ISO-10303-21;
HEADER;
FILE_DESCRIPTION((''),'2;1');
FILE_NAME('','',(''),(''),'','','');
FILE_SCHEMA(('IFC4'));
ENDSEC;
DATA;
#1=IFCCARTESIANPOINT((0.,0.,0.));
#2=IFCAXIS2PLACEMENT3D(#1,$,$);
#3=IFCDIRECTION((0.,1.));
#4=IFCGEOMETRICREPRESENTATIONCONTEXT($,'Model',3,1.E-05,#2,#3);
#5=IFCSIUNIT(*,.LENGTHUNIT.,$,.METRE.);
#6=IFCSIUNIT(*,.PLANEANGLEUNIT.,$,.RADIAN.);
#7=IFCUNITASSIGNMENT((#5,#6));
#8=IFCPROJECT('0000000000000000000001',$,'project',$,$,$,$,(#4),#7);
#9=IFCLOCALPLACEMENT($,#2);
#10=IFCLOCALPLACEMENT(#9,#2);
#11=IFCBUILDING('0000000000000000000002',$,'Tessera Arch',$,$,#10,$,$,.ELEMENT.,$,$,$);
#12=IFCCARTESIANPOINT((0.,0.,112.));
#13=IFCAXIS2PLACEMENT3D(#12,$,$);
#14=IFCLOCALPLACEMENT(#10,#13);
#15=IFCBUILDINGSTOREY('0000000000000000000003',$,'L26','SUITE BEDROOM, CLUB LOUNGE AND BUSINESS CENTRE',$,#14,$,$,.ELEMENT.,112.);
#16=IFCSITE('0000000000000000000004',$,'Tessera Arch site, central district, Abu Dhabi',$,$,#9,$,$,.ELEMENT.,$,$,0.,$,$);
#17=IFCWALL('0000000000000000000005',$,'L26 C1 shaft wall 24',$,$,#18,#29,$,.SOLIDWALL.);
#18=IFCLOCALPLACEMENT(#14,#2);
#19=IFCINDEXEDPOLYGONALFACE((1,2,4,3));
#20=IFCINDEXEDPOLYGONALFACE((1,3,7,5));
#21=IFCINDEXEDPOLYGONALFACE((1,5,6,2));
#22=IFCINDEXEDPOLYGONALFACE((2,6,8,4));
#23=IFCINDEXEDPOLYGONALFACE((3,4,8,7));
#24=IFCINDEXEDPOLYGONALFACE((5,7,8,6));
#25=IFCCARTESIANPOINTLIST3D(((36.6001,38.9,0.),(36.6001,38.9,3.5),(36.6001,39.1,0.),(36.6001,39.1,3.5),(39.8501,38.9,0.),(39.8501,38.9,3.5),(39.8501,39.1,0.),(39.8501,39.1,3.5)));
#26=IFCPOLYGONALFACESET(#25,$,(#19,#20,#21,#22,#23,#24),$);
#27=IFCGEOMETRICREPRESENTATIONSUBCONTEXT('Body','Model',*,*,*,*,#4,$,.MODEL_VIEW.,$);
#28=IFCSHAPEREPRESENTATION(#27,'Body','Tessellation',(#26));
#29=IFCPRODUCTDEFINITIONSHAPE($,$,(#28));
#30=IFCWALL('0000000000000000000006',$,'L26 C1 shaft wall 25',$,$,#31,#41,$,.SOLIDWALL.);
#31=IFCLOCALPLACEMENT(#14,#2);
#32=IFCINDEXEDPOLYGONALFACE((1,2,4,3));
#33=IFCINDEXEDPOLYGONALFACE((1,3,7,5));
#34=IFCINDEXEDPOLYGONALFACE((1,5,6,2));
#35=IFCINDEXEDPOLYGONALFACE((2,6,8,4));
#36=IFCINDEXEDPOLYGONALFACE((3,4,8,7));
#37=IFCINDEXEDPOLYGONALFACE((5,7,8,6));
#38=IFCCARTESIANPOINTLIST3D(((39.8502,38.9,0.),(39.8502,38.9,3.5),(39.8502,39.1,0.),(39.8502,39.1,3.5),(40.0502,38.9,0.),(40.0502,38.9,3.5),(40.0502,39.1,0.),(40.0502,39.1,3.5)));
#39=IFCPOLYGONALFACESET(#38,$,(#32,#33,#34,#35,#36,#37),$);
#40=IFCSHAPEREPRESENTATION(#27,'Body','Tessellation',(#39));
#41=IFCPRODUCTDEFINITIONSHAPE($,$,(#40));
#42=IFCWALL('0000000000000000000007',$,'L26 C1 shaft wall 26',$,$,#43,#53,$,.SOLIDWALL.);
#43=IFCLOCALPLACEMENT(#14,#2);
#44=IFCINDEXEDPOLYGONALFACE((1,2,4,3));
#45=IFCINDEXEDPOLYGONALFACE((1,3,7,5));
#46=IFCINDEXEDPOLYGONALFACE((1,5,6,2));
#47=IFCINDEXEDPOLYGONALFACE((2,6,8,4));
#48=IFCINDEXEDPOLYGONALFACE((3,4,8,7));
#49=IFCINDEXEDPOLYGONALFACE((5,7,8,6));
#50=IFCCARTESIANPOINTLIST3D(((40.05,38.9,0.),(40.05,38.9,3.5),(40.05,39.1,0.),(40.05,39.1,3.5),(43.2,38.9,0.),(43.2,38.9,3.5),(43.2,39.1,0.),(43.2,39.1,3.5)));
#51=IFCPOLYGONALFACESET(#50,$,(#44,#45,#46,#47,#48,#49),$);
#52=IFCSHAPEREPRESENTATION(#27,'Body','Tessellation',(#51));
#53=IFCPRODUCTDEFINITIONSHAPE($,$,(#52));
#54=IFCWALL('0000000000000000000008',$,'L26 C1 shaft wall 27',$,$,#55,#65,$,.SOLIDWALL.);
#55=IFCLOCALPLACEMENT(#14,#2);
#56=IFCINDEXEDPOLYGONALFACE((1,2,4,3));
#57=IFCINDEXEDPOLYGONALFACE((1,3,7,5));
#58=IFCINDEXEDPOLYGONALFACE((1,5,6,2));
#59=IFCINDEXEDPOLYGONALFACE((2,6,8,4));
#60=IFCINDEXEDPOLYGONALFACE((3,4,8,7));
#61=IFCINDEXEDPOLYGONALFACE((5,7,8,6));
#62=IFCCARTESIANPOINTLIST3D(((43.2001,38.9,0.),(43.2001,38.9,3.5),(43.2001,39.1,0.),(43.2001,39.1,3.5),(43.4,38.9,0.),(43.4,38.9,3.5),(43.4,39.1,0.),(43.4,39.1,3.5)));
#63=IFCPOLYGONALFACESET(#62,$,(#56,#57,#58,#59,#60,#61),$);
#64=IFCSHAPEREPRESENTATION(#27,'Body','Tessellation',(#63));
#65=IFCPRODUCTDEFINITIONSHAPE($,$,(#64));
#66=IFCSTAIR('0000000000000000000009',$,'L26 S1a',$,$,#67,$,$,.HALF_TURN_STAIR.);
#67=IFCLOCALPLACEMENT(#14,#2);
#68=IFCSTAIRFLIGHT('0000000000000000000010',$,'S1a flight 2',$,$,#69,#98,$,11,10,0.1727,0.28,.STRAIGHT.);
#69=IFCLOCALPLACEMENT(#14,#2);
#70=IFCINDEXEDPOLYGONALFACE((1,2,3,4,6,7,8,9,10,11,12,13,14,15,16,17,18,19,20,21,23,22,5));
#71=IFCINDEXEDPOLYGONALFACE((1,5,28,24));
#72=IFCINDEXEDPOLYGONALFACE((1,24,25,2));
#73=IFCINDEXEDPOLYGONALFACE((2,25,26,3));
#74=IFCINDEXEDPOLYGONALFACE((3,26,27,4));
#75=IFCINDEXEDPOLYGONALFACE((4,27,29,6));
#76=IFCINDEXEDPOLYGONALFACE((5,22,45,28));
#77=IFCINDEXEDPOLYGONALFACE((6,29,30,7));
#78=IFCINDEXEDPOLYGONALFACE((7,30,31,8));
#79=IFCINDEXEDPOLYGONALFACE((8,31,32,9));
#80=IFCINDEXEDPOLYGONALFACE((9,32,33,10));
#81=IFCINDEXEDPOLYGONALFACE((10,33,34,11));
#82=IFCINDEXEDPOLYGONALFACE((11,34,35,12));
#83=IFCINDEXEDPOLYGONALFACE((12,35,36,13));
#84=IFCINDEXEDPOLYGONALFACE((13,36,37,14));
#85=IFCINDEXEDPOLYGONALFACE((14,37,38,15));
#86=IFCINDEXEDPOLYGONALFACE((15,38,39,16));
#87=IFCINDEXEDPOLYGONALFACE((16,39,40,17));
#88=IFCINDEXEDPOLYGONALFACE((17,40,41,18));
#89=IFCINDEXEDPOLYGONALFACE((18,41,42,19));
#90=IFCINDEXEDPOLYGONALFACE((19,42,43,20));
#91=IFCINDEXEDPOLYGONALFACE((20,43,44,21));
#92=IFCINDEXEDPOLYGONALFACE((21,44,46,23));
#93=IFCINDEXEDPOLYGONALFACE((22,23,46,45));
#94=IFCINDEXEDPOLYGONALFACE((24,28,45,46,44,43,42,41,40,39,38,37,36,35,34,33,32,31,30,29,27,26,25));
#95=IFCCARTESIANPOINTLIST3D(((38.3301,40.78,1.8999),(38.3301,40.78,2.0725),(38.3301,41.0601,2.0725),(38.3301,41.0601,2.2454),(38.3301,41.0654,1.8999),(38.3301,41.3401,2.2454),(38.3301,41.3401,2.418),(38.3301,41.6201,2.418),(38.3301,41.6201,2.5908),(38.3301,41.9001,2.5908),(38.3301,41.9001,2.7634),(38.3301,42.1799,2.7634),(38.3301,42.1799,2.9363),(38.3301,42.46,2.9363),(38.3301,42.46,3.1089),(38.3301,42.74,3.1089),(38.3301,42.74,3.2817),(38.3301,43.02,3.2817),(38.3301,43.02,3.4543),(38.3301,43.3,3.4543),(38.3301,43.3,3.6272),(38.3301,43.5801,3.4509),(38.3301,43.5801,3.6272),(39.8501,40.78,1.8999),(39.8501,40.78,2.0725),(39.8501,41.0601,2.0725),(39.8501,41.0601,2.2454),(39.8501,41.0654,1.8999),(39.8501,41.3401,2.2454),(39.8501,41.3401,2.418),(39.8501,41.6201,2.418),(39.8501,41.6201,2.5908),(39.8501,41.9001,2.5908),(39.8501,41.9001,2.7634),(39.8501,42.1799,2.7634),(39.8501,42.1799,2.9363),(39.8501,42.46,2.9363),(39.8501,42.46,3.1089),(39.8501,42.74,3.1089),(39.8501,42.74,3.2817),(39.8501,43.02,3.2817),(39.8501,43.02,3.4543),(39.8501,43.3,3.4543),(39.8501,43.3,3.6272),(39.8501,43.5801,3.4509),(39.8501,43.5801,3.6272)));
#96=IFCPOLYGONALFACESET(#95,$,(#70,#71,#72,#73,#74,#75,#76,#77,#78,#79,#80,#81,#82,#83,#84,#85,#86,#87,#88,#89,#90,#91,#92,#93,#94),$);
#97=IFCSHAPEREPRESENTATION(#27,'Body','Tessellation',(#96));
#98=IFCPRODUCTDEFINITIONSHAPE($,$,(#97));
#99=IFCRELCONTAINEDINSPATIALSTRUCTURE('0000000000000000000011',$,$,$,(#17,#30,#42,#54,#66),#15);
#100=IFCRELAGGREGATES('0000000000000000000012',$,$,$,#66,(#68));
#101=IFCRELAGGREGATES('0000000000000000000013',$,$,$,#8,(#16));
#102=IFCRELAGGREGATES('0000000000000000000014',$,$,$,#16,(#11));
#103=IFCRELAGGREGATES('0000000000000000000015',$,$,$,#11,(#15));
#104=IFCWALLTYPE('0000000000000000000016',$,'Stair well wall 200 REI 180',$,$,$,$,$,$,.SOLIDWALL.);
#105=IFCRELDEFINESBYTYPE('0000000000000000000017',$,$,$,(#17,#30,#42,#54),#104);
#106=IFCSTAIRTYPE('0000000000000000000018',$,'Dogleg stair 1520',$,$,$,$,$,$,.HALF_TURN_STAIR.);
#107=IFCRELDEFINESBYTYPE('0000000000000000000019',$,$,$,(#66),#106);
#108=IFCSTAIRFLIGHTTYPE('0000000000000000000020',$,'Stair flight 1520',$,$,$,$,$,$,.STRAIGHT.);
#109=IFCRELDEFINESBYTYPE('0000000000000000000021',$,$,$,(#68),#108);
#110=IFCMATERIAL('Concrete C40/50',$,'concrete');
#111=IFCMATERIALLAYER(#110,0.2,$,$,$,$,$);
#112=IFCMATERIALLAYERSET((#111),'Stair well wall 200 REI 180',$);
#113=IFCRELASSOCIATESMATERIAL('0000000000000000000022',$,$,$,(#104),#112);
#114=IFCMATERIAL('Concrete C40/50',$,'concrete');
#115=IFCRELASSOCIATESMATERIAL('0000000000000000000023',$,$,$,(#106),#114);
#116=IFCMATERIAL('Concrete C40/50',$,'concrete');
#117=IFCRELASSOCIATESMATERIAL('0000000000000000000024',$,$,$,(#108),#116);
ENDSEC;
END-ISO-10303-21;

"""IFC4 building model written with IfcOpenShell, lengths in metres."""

from ifc_helpers import new_model, si_unit, direction, frame, frame_2d, origin, place, context, subcontext, project, spatial, polyline, rectangle, outline, extrude, material, layer, layer_set, type_object, element, aggregate, save


model = new_model("IFC4")

# Units and contexts
model_context = context("Model", 3, precision=1e-05, world=origin(), true_north=direction((0.0, 1.0)))
body_context = subcontext(model_context, "Body", "Model", "MODEL_VIEW")
ifc_project = project(units=[si_unit("LENGTHUNIT", "METRE"), si_unit("PLANEANGLEUNIT", "RADIAN")], contexts=[model_context])

# Site, building, storey
site_placement = place(None, origin())
site = spatial("IfcSite", under=ifc_project, at=site_placement, Name="Tessera Arch site, central district, Abu Dhabi", CompositionType="ELEMENT", RefElevation=0.0)
building_placement = place(site_placement, origin())
building = spatial("IfcBuilding", under=site, at=building_placement, Name="Tessera Arch", CompositionType="ELEMENT")
storey_placement = place(building_placement, frame((0.0, 0.0, 112.0)))
storey = spatial("IfcBuildingStorey", under=building, at=storey_placement, Name="L26", Description="SUITE BEDROOM, CLUB LOUNGE AND BUSINESS CENTRE", CompositionType="ELEMENT", Elevation=112.0)

# Walls
ifc_material_1 = material(Name="Concrete C40/50", Category="concrete")
ifc_layer_1 = layer(ifc_material_1, 0.2)
ifc_layer_set_1 = layer_set([ifc_layer_1], Name="Stair well wall 200 REI 180")
wall_type_1 = type_object("IfcWallType", Name="Stair well wall 200 REI 180", PredefinedType="SOLIDWALL", material=ifc_layer_set_1)
wall_1_placement = place(storey_placement, frame((36.6001, 39.0, 0.0), z_axis=(0.0, 0.0, 1.0), x_axis=(1.0, 0.0, 0.0)))
element("IfcWall", 1, at=wall_1_placement, inside=storey, type_object=wall_type_1, Name="L26 C1 shaft wall 24", PredefinedType="SOLIDWALL", context=body_context, shape_type="SweptSolid", body=[
    extrude(rectangle(XDim=3.25, YDim=0.2, at=frame_2d((1.625, 0.0))), origin(), (0.0, 0.0, 1.0), 3.5),
])
wall_2_placement = place(storey_placement, frame((39.8501, 39.0, 0.0), z_axis=(0.0, 0.0, 1.0), x_axis=(1.0, 0.0, 0.0)))
element("IfcWall", 2, at=wall_2_placement, inside=storey, type_object=wall_type_1, Name="L26 C1 shaft wall 25", PredefinedType="SOLIDWALL", context=body_context, shape_type="SweptSolid", body=[
    extrude(rectangle(XDim=0.2, YDim=0.2, at=frame_2d((0.1001, 0.0))), origin(), (0.0, 0.0, 1.0), 3.5),
])
wall_3_placement = place(storey_placement, frame((40.05, 39.0, 0.0), z_axis=(0.0, 0.0, 1.0), x_axis=(1.0, 0.0, 0.0)))
element("IfcWall", 3, at=wall_3_placement, inside=storey, type_object=wall_type_1, Name="L26 C1 shaft wall 26", PredefinedType="SOLIDWALL", context=body_context, shape_type="SweptSolid", body=[
    extrude(rectangle(XDim=3.1499, YDim=0.2, at=frame_2d((1.575, 0.0))), origin(), (0.0, 0.0, 1.0), 3.5),
])
wall_4_placement = place(storey_placement, frame((43.2, 39.0, 0.0), z_axis=(0.0, 0.0, 1.0), x_axis=(1.0, 0.0, 0.0)))
element("IfcWall", 4, at=wall_4_placement, inside=storey, type_object=wall_type_1, Name="L26 C1 shaft wall 27", PredefinedType="SOLIDWALL", context=body_context, shape_type="SweptSolid", body=[
    extrude(rectangle(XDim=0.2, YDim=0.2, at=frame_2d((0.1001, 0.0))), origin(), (0.0, 0.0, 1.0), 3.5),
])

# Stair, stair flight
ifc_material_2 = material(Name="Concrete C40/50", Category="concrete")
stair_type = type_object("IfcStairType", Name="Dogleg stair 1520", PredefinedType="HALF_TURN_STAIR", material=ifc_material_2)
stair_placement = place(storey_placement, origin())
stair = element("IfcStair", 5, at=stair_placement, inside=storey, type_object=stair_type, Name="L26 S1a", PredefinedType="HALF_TURN_STAIR")
ifc_material_3 = material(Name="Concrete C40/50", Category="concrete")
stair_flight_type = type_object("IfcStairFlightType", Name="Stair flight 1520", PredefinedType="STRAIGHT", material=ifc_material_3)
stair_flight_placement = place(storey_placement, frame((39.0901, 40.78, 1.8999), z_axis=(0.0, 0.0, 1.0), x_axis=(0.0, 1.0, 0.0)))
stair_flight = element("IfcStairFlight", 6, at=stair_flight_placement, type_object=stair_flight_type, Name="S1a flight 2", NumberOfRisers=11, NumberOfTreads=10, PredefinedType="STRAIGHT", RiserHeight=0.1727, TreadLength=0.28, context=body_context, shape_type="SweptSolid", body=[
    extrude(outline(polyline([(0.0, 0.0), (0.0, 0.1726), (0.28, 0.1726), (0.28, 0.3455), (0.5601, 0.3455), (0.5601, 0.5181), (0.8401, 0.5181), (0.8401, 0.6909), (1.1201, 0.6909), (1.1201, 0.8635), (1.3999, 0.8635), (1.3999, 1.0364), (1.6799, 1.0364), (1.6799, 1.209), (1.96, 1.209), (1.96, 1.3818), (2.24, 1.3818), (2.24, 1.5544), (2.52, 1.5544), (2.52, 1.7273), (2.8, 1.7273), (2.8, 1.8999), (2.8, 1.551), (0.2854, 0.0), (0.0, 0.0)])), frame((0.0, 0.76, 0.0), z_axis=(0.0, -1.0, 0.0), x_axis=(1.0, 0.0, 0.0)), (0.0, 0.0, 1.0), 1.52),
])
aggregate(stair, [stair_flight])

save(model, "model.ifc")
